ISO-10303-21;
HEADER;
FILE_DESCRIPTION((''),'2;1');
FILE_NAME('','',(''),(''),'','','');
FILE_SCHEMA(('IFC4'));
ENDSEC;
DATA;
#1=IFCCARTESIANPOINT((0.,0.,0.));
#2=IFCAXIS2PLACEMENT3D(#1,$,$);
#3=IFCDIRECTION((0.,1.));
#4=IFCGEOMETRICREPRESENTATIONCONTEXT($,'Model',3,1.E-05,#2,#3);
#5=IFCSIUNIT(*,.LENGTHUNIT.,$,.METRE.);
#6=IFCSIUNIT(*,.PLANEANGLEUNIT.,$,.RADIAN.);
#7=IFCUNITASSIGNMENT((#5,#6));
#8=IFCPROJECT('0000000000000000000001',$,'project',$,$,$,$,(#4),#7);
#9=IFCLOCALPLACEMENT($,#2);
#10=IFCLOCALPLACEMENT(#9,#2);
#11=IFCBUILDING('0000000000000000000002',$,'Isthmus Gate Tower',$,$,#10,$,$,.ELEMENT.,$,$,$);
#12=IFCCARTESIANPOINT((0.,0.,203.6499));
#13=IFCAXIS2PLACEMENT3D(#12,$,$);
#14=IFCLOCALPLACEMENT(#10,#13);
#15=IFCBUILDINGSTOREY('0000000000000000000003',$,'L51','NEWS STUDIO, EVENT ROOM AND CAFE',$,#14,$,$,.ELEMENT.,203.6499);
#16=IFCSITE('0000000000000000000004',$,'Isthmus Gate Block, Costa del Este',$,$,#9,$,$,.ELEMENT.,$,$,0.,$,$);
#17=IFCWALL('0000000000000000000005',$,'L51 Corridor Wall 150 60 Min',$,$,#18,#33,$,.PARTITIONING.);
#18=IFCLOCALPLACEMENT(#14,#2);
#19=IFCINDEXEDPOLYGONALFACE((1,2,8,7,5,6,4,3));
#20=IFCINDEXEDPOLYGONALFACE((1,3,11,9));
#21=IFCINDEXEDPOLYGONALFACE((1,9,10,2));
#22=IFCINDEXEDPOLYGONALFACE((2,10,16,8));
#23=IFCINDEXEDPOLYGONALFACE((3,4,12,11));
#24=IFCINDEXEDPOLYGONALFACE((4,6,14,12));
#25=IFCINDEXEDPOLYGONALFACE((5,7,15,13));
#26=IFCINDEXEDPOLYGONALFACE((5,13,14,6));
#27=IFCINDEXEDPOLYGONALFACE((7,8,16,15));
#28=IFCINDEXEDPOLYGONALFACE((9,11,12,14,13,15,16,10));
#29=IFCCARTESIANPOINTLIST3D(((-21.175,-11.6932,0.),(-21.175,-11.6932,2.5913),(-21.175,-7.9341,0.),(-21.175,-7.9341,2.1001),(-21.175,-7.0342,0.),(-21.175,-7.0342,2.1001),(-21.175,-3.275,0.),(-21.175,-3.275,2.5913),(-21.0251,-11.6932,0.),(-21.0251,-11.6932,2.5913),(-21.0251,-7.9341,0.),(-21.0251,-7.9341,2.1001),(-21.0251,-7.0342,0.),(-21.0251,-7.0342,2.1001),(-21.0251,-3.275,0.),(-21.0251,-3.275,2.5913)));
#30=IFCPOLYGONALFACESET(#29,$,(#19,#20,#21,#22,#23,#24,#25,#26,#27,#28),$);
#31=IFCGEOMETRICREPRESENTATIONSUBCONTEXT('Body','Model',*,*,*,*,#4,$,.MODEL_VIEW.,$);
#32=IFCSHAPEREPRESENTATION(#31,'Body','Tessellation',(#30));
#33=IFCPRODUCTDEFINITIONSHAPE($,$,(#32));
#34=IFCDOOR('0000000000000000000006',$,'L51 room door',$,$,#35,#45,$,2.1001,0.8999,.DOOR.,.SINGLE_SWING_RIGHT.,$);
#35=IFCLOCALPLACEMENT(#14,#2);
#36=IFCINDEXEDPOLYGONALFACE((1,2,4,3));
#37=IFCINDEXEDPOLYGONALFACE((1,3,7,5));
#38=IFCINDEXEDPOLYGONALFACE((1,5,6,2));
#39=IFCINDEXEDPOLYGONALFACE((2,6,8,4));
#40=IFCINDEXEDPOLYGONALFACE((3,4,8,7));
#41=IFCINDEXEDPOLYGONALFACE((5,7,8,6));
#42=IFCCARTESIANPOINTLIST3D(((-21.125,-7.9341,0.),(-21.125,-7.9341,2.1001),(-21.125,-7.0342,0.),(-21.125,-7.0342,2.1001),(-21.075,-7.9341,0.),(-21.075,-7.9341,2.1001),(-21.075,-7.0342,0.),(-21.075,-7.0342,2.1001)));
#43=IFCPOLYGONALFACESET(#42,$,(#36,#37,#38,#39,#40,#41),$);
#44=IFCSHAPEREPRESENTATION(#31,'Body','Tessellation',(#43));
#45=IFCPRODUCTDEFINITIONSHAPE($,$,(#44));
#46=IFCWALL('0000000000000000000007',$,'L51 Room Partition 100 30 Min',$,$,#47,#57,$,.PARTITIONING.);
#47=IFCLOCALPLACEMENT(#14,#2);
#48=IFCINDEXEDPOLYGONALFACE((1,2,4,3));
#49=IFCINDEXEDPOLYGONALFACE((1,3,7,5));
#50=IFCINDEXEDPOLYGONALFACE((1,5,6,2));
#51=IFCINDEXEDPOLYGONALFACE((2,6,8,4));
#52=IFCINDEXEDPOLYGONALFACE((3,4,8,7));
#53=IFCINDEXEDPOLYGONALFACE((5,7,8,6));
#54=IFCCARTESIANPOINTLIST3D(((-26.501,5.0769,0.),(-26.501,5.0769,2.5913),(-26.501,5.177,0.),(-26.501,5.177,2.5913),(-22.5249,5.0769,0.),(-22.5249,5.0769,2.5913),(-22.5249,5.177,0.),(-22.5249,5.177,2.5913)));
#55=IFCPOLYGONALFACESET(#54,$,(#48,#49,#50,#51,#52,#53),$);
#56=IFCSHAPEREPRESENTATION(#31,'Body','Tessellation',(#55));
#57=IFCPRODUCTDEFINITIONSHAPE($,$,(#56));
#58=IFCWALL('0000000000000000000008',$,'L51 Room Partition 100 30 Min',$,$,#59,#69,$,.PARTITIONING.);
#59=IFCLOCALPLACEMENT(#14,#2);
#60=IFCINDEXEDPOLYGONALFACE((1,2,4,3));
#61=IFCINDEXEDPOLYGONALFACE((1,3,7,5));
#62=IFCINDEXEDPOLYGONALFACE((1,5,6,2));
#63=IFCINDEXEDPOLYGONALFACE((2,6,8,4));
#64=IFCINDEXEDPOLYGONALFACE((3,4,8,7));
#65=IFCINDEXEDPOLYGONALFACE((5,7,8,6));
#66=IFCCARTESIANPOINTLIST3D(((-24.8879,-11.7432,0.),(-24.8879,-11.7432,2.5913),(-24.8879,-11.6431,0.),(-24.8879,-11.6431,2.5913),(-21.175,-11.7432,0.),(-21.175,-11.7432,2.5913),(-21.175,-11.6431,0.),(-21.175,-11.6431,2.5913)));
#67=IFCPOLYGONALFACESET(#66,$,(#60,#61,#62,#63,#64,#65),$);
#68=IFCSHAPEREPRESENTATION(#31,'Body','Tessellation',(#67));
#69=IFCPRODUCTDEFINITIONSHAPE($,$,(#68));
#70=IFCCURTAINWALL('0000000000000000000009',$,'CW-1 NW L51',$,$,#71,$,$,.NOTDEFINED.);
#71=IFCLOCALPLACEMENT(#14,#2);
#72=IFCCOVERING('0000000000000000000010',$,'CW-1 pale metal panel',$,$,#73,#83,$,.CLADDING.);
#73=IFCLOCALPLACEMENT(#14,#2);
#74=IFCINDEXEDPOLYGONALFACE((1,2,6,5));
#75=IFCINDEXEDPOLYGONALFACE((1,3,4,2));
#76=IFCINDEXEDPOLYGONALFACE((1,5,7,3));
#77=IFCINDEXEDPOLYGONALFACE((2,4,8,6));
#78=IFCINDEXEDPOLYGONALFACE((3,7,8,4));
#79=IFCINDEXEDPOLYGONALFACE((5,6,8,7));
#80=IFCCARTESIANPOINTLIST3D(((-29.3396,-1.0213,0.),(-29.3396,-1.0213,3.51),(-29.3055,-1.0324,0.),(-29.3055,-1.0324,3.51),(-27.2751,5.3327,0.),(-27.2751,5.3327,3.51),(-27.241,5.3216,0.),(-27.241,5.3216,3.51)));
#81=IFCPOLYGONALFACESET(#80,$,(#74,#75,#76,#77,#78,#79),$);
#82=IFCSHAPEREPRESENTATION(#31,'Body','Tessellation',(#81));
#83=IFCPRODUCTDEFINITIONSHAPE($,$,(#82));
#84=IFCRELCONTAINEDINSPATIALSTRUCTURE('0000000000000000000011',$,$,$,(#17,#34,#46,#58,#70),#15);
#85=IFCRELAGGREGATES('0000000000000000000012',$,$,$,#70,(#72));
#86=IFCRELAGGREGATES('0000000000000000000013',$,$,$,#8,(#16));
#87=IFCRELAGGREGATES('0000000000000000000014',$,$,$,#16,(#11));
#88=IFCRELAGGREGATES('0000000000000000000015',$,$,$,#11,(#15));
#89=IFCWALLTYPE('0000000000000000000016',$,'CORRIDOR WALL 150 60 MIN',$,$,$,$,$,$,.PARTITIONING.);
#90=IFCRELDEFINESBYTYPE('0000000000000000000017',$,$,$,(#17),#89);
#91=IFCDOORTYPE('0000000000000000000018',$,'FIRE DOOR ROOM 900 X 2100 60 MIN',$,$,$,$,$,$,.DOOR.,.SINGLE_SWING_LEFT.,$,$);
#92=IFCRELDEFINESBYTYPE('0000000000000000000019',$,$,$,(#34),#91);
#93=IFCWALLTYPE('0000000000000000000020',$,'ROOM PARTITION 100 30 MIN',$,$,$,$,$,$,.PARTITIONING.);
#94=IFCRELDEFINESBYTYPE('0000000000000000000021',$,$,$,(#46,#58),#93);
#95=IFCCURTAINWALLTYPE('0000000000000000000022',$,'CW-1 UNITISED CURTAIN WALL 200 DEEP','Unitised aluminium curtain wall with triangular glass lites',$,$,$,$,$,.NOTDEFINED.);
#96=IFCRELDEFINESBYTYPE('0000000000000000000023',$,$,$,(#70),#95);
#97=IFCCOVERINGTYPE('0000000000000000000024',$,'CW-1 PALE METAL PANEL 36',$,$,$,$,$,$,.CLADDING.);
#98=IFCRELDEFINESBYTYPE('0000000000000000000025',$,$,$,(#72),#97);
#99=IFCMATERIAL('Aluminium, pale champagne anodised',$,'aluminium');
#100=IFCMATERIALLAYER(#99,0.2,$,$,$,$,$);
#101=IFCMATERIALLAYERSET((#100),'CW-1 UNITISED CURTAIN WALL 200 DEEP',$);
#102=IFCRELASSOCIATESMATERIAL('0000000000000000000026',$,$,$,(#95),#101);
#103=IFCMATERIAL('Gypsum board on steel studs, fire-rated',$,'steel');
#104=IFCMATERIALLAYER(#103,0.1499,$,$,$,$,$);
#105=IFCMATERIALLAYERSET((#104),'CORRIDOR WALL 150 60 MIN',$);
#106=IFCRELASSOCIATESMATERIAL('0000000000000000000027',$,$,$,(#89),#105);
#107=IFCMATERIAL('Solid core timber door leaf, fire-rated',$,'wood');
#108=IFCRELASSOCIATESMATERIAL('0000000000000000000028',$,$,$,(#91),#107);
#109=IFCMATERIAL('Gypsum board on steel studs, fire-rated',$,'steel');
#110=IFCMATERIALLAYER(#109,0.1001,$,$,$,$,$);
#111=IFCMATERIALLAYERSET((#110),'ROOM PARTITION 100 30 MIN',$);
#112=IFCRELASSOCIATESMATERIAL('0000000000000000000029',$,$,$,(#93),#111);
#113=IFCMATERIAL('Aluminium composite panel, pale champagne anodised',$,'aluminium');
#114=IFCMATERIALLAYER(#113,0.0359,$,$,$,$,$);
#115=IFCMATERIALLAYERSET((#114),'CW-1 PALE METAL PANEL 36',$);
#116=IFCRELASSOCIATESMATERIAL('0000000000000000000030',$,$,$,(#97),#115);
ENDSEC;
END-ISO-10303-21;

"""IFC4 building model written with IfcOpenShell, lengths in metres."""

from ifc_helpers import new_model, si_unit, direction, frame, frame_2d, origin, origin_2d, place, context, subcontext, project, spatial, rectangle, extrude, material, layer, layer_set, type_object, element, fill, aggregate, save


model = new_model("IFC4")

# Units and contexts
model_context = context("Model", 3, precision=1e-05, world=origin(), true_north=direction((0.0, 1.0)))
body_context = subcontext(model_context, "Body", "Model", "MODEL_VIEW")
ifc_project = project(units=[si_unit("LENGTHUNIT", "METRE"), si_unit("PLANEANGLEUNIT", "RADIAN")], contexts=[model_context])

# Site, building, storey
site_placement = place(None, origin())
site = spatial("IfcSite", under=ifc_project, at=site_placement, Name="Isthmus Gate Block, Costa del Este", CompositionType="ELEMENT", RefElevation=0.0)
building_placement = place(site_placement, origin())
building = spatial("IfcBuilding", under=site, at=building_placement, Name="Isthmus Gate Tower", CompositionType="ELEMENT")
storey_placement = place(building_placement, frame((0.0, 0.0, 203.6499)))
storey = spatial("IfcBuildingStorey", under=building, at=storey_placement, Name="L51", Description="NEWS STUDIO, EVENT ROOM AND CAFE", CompositionType="ELEMENT", Elevation=203.6499)

# Shared definitions
ifc_material_1 = material(Name="Aluminium, pale champagne anodised", Category="aluminium")
ifc_layer_1 = layer(ifc_material_1, 0.2)
ifc_layer_set_1 = layer_set([ifc_layer_1], Name="CW-1 UNITISED CURTAIN WALL 200 DEEP")
curtain_wall_type = type_object("IfcCurtainWallType", Name="CW-1 UNITISED CURTAIN WALL 200 DEEP", Description="Unitised aluminium curtain wall with triangular glass lites", PredefinedType="NOTDEFINED", material=ifc_layer_set_1)

# Shared definitions
ifc_material_2 = material(Name="Gypsum board on steel studs, fire-rated", Category="steel")
ifc_layer_2 = layer(ifc_material_2, 0.1499)
ifc_layer_set_2 = layer_set([ifc_layer_2], Name="CORRIDOR WALL 150 60 MIN")
wall_type_1 = type_object("IfcWallType", Name="CORRIDOR WALL 150 60 MIN", PredefinedType="PARTITIONING", material=ifc_layer_set_2)

# Wall, opening, door
wall_1_placement = place(storey_placement, frame((-21.1001, -11.6931, 0.0), z_axis=(0.0, 0.0, 1.0), x_axis=(0.0, 1.0, 0.0)))
wall_1 = element("IfcWall", 1, at=wall_1_placement, inside=storey, type_object=wall_type_1, Name="L51 Corridor Wall 150 60 Min", PredefinedType="PARTITIONING", context=body_context, shape_type="SweptSolid", body=[
    extrude(rectangle(XDim=8.4182, YDim=0.1499, at=frame_2d((4.209, 0.0))), origin(), (0.0, 0.0, 1.0), 2.5913),
])
opening_1_placement = place(wall_1_placement, frame((3.759, 0.0, 0.0)))
opening_1 = element("IfcOpeningElement", 2, at=opening_1_placement, cuts=wall_1, PredefinedType="OPENING", context=body_context, shape_type="SweptSolid", body=[
    extrude(rectangle(XDim=0.8999, YDim=2.1001, at=frame_2d((0.45, 1.05))), frame((0.0, 0.085, 0.0), z_axis=(0.0, -1.0, 0.0), x_axis=(1.0, 0.0, 0.0)), (0.0, 0.0, 1.0), 0.1699),
])
ifc_material_3 = material(Name="Solid core timber door leaf, fire-rated", Category="wood")
door_type_1 = type_object("IfcDoorType", Name="FIRE DOOR ROOM 900 X 2100 60 MIN", OperationType="SINGLE_SWING_LEFT", PredefinedType="DOOR", material=ifc_material_3)
door_1_placement = place(opening_1_placement, origin())
door_1 = element("IfcDoor", 3, at=door_1_placement, inside=storey, type_object=door_type_1, Name="L51 room door", OperationType="SINGLE_SWING_RIGHT", OverallHeight=2.1001, OverallWidth=0.8999, PredefinedType="DOOR", context=body_context, shape_type="SweptSolid", body=[
    extrude(rectangle(XDim=0.8999, YDim=2.1001, at=frame_2d((0.45, 1.05))), frame((0.0, 0.0249, 0.0), z_axis=(0.0, -1.0, 0.0), x_axis=(1.0, 0.0, 0.0)), (0.0, 0.0, 1.0), 0.05),
])
fill(opening_1, door_1)

# Walls
ifc_material_4 = material(Name="Gypsum board on steel studs, fire-rated", Category="steel")
ifc_layer_3 = layer(ifc_material_4, 0.1001)
ifc_layer_set_3 = layer_set([ifc_layer_3], Name="ROOM PARTITION 100 30 MIN")
wall_type_2 = type_object("IfcWallType", Name="ROOM PARTITION 100 30 MIN", PredefinedType="PARTITIONING", material=ifc_layer_set_3)
wall_2_placement = place(storey_placement, frame((-26.501, 5.127, 0.0), z_axis=(0.0, 0.0, 1.0), x_axis=(1.0, 0.0, 0.0)))
element("IfcWall", 4, at=wall_2_placement, inside=storey, type_object=wall_type_2, Name="L51 Room Partition 100 30 Min", PredefinedType="PARTITIONING", context=body_context, shape_type="SweptSolid", body=[
    extrude(rectangle(XDim=3.9761, YDim=0.1001, at=frame_2d((1.988, 0.0))), origin(), (0.0, 0.0, 1.0), 2.5913),
])
wall_3_placement = place(storey_placement, frame((-24.8879, -11.6931, 0.0), z_axis=(0.0, 0.0, 1.0), x_axis=(1.0, 0.0, 0.0)))
element("IfcWall", 5, at=wall_3_placement, inside=storey, type_object=wall_type_2, Name="L51 Room Partition 100 30 Min", PredefinedType="PARTITIONING", context=body_context, shape_type="SweptSolid", body=[
    extrude(rectangle(XDim=3.7129, YDim=0.1001, at=frame_2d((1.8564, 0.0))), origin(), (0.0, 0.0, 1.0), 2.5913),
])

# Curtain wall, covering
curtain_wall_1_placement = place(storey_placement, origin())
curtain_wall_1 = element("IfcCurtainWall", 6, at=curtain_wall_1_placement, inside=storey, type_object=curtain_wall_type, Name="CW-1 NW L51", PredefinedType="NOTDEFINED")
ifc_material_5 = material(Name="Aluminium composite panel, pale champagne anodised", Category="aluminium")
ifc_layer_4 = layer(ifc_material_5, 0.0359)
ifc_layer_set_4 = layer_set([ifc_layer_4], Name="CW-1 PALE METAL PANEL 36")
covering_type = type_object("IfcCoveringType", Name="CW-1 PALE METAL PANEL 36", PredefinedType="CLADDING", material=ifc_layer_set_4)
covering_placement = place(storey_placement, frame((-28.2903, 2.1501, 0.0), z_axis=(0.0, 0.0, 1.0), x_axis=(-0.309017, -0.951057, 0.0)))
covering = element("IfcCovering", 7, at=covering_placement, type_object=covering_type, Name="CW-1 pale metal panel", PredefinedType="CLADDING", context=body_context, shape_type="SweptSolid", body=[
    extrude(rectangle(XDim=6.6809, YDim=0.0359, at=origin_2d()), origin(), (0.0, 0.0, 1.0), 3.51),
])
aggregate(curtain_wall_1, [covering])

save(model, "model.ifc")
